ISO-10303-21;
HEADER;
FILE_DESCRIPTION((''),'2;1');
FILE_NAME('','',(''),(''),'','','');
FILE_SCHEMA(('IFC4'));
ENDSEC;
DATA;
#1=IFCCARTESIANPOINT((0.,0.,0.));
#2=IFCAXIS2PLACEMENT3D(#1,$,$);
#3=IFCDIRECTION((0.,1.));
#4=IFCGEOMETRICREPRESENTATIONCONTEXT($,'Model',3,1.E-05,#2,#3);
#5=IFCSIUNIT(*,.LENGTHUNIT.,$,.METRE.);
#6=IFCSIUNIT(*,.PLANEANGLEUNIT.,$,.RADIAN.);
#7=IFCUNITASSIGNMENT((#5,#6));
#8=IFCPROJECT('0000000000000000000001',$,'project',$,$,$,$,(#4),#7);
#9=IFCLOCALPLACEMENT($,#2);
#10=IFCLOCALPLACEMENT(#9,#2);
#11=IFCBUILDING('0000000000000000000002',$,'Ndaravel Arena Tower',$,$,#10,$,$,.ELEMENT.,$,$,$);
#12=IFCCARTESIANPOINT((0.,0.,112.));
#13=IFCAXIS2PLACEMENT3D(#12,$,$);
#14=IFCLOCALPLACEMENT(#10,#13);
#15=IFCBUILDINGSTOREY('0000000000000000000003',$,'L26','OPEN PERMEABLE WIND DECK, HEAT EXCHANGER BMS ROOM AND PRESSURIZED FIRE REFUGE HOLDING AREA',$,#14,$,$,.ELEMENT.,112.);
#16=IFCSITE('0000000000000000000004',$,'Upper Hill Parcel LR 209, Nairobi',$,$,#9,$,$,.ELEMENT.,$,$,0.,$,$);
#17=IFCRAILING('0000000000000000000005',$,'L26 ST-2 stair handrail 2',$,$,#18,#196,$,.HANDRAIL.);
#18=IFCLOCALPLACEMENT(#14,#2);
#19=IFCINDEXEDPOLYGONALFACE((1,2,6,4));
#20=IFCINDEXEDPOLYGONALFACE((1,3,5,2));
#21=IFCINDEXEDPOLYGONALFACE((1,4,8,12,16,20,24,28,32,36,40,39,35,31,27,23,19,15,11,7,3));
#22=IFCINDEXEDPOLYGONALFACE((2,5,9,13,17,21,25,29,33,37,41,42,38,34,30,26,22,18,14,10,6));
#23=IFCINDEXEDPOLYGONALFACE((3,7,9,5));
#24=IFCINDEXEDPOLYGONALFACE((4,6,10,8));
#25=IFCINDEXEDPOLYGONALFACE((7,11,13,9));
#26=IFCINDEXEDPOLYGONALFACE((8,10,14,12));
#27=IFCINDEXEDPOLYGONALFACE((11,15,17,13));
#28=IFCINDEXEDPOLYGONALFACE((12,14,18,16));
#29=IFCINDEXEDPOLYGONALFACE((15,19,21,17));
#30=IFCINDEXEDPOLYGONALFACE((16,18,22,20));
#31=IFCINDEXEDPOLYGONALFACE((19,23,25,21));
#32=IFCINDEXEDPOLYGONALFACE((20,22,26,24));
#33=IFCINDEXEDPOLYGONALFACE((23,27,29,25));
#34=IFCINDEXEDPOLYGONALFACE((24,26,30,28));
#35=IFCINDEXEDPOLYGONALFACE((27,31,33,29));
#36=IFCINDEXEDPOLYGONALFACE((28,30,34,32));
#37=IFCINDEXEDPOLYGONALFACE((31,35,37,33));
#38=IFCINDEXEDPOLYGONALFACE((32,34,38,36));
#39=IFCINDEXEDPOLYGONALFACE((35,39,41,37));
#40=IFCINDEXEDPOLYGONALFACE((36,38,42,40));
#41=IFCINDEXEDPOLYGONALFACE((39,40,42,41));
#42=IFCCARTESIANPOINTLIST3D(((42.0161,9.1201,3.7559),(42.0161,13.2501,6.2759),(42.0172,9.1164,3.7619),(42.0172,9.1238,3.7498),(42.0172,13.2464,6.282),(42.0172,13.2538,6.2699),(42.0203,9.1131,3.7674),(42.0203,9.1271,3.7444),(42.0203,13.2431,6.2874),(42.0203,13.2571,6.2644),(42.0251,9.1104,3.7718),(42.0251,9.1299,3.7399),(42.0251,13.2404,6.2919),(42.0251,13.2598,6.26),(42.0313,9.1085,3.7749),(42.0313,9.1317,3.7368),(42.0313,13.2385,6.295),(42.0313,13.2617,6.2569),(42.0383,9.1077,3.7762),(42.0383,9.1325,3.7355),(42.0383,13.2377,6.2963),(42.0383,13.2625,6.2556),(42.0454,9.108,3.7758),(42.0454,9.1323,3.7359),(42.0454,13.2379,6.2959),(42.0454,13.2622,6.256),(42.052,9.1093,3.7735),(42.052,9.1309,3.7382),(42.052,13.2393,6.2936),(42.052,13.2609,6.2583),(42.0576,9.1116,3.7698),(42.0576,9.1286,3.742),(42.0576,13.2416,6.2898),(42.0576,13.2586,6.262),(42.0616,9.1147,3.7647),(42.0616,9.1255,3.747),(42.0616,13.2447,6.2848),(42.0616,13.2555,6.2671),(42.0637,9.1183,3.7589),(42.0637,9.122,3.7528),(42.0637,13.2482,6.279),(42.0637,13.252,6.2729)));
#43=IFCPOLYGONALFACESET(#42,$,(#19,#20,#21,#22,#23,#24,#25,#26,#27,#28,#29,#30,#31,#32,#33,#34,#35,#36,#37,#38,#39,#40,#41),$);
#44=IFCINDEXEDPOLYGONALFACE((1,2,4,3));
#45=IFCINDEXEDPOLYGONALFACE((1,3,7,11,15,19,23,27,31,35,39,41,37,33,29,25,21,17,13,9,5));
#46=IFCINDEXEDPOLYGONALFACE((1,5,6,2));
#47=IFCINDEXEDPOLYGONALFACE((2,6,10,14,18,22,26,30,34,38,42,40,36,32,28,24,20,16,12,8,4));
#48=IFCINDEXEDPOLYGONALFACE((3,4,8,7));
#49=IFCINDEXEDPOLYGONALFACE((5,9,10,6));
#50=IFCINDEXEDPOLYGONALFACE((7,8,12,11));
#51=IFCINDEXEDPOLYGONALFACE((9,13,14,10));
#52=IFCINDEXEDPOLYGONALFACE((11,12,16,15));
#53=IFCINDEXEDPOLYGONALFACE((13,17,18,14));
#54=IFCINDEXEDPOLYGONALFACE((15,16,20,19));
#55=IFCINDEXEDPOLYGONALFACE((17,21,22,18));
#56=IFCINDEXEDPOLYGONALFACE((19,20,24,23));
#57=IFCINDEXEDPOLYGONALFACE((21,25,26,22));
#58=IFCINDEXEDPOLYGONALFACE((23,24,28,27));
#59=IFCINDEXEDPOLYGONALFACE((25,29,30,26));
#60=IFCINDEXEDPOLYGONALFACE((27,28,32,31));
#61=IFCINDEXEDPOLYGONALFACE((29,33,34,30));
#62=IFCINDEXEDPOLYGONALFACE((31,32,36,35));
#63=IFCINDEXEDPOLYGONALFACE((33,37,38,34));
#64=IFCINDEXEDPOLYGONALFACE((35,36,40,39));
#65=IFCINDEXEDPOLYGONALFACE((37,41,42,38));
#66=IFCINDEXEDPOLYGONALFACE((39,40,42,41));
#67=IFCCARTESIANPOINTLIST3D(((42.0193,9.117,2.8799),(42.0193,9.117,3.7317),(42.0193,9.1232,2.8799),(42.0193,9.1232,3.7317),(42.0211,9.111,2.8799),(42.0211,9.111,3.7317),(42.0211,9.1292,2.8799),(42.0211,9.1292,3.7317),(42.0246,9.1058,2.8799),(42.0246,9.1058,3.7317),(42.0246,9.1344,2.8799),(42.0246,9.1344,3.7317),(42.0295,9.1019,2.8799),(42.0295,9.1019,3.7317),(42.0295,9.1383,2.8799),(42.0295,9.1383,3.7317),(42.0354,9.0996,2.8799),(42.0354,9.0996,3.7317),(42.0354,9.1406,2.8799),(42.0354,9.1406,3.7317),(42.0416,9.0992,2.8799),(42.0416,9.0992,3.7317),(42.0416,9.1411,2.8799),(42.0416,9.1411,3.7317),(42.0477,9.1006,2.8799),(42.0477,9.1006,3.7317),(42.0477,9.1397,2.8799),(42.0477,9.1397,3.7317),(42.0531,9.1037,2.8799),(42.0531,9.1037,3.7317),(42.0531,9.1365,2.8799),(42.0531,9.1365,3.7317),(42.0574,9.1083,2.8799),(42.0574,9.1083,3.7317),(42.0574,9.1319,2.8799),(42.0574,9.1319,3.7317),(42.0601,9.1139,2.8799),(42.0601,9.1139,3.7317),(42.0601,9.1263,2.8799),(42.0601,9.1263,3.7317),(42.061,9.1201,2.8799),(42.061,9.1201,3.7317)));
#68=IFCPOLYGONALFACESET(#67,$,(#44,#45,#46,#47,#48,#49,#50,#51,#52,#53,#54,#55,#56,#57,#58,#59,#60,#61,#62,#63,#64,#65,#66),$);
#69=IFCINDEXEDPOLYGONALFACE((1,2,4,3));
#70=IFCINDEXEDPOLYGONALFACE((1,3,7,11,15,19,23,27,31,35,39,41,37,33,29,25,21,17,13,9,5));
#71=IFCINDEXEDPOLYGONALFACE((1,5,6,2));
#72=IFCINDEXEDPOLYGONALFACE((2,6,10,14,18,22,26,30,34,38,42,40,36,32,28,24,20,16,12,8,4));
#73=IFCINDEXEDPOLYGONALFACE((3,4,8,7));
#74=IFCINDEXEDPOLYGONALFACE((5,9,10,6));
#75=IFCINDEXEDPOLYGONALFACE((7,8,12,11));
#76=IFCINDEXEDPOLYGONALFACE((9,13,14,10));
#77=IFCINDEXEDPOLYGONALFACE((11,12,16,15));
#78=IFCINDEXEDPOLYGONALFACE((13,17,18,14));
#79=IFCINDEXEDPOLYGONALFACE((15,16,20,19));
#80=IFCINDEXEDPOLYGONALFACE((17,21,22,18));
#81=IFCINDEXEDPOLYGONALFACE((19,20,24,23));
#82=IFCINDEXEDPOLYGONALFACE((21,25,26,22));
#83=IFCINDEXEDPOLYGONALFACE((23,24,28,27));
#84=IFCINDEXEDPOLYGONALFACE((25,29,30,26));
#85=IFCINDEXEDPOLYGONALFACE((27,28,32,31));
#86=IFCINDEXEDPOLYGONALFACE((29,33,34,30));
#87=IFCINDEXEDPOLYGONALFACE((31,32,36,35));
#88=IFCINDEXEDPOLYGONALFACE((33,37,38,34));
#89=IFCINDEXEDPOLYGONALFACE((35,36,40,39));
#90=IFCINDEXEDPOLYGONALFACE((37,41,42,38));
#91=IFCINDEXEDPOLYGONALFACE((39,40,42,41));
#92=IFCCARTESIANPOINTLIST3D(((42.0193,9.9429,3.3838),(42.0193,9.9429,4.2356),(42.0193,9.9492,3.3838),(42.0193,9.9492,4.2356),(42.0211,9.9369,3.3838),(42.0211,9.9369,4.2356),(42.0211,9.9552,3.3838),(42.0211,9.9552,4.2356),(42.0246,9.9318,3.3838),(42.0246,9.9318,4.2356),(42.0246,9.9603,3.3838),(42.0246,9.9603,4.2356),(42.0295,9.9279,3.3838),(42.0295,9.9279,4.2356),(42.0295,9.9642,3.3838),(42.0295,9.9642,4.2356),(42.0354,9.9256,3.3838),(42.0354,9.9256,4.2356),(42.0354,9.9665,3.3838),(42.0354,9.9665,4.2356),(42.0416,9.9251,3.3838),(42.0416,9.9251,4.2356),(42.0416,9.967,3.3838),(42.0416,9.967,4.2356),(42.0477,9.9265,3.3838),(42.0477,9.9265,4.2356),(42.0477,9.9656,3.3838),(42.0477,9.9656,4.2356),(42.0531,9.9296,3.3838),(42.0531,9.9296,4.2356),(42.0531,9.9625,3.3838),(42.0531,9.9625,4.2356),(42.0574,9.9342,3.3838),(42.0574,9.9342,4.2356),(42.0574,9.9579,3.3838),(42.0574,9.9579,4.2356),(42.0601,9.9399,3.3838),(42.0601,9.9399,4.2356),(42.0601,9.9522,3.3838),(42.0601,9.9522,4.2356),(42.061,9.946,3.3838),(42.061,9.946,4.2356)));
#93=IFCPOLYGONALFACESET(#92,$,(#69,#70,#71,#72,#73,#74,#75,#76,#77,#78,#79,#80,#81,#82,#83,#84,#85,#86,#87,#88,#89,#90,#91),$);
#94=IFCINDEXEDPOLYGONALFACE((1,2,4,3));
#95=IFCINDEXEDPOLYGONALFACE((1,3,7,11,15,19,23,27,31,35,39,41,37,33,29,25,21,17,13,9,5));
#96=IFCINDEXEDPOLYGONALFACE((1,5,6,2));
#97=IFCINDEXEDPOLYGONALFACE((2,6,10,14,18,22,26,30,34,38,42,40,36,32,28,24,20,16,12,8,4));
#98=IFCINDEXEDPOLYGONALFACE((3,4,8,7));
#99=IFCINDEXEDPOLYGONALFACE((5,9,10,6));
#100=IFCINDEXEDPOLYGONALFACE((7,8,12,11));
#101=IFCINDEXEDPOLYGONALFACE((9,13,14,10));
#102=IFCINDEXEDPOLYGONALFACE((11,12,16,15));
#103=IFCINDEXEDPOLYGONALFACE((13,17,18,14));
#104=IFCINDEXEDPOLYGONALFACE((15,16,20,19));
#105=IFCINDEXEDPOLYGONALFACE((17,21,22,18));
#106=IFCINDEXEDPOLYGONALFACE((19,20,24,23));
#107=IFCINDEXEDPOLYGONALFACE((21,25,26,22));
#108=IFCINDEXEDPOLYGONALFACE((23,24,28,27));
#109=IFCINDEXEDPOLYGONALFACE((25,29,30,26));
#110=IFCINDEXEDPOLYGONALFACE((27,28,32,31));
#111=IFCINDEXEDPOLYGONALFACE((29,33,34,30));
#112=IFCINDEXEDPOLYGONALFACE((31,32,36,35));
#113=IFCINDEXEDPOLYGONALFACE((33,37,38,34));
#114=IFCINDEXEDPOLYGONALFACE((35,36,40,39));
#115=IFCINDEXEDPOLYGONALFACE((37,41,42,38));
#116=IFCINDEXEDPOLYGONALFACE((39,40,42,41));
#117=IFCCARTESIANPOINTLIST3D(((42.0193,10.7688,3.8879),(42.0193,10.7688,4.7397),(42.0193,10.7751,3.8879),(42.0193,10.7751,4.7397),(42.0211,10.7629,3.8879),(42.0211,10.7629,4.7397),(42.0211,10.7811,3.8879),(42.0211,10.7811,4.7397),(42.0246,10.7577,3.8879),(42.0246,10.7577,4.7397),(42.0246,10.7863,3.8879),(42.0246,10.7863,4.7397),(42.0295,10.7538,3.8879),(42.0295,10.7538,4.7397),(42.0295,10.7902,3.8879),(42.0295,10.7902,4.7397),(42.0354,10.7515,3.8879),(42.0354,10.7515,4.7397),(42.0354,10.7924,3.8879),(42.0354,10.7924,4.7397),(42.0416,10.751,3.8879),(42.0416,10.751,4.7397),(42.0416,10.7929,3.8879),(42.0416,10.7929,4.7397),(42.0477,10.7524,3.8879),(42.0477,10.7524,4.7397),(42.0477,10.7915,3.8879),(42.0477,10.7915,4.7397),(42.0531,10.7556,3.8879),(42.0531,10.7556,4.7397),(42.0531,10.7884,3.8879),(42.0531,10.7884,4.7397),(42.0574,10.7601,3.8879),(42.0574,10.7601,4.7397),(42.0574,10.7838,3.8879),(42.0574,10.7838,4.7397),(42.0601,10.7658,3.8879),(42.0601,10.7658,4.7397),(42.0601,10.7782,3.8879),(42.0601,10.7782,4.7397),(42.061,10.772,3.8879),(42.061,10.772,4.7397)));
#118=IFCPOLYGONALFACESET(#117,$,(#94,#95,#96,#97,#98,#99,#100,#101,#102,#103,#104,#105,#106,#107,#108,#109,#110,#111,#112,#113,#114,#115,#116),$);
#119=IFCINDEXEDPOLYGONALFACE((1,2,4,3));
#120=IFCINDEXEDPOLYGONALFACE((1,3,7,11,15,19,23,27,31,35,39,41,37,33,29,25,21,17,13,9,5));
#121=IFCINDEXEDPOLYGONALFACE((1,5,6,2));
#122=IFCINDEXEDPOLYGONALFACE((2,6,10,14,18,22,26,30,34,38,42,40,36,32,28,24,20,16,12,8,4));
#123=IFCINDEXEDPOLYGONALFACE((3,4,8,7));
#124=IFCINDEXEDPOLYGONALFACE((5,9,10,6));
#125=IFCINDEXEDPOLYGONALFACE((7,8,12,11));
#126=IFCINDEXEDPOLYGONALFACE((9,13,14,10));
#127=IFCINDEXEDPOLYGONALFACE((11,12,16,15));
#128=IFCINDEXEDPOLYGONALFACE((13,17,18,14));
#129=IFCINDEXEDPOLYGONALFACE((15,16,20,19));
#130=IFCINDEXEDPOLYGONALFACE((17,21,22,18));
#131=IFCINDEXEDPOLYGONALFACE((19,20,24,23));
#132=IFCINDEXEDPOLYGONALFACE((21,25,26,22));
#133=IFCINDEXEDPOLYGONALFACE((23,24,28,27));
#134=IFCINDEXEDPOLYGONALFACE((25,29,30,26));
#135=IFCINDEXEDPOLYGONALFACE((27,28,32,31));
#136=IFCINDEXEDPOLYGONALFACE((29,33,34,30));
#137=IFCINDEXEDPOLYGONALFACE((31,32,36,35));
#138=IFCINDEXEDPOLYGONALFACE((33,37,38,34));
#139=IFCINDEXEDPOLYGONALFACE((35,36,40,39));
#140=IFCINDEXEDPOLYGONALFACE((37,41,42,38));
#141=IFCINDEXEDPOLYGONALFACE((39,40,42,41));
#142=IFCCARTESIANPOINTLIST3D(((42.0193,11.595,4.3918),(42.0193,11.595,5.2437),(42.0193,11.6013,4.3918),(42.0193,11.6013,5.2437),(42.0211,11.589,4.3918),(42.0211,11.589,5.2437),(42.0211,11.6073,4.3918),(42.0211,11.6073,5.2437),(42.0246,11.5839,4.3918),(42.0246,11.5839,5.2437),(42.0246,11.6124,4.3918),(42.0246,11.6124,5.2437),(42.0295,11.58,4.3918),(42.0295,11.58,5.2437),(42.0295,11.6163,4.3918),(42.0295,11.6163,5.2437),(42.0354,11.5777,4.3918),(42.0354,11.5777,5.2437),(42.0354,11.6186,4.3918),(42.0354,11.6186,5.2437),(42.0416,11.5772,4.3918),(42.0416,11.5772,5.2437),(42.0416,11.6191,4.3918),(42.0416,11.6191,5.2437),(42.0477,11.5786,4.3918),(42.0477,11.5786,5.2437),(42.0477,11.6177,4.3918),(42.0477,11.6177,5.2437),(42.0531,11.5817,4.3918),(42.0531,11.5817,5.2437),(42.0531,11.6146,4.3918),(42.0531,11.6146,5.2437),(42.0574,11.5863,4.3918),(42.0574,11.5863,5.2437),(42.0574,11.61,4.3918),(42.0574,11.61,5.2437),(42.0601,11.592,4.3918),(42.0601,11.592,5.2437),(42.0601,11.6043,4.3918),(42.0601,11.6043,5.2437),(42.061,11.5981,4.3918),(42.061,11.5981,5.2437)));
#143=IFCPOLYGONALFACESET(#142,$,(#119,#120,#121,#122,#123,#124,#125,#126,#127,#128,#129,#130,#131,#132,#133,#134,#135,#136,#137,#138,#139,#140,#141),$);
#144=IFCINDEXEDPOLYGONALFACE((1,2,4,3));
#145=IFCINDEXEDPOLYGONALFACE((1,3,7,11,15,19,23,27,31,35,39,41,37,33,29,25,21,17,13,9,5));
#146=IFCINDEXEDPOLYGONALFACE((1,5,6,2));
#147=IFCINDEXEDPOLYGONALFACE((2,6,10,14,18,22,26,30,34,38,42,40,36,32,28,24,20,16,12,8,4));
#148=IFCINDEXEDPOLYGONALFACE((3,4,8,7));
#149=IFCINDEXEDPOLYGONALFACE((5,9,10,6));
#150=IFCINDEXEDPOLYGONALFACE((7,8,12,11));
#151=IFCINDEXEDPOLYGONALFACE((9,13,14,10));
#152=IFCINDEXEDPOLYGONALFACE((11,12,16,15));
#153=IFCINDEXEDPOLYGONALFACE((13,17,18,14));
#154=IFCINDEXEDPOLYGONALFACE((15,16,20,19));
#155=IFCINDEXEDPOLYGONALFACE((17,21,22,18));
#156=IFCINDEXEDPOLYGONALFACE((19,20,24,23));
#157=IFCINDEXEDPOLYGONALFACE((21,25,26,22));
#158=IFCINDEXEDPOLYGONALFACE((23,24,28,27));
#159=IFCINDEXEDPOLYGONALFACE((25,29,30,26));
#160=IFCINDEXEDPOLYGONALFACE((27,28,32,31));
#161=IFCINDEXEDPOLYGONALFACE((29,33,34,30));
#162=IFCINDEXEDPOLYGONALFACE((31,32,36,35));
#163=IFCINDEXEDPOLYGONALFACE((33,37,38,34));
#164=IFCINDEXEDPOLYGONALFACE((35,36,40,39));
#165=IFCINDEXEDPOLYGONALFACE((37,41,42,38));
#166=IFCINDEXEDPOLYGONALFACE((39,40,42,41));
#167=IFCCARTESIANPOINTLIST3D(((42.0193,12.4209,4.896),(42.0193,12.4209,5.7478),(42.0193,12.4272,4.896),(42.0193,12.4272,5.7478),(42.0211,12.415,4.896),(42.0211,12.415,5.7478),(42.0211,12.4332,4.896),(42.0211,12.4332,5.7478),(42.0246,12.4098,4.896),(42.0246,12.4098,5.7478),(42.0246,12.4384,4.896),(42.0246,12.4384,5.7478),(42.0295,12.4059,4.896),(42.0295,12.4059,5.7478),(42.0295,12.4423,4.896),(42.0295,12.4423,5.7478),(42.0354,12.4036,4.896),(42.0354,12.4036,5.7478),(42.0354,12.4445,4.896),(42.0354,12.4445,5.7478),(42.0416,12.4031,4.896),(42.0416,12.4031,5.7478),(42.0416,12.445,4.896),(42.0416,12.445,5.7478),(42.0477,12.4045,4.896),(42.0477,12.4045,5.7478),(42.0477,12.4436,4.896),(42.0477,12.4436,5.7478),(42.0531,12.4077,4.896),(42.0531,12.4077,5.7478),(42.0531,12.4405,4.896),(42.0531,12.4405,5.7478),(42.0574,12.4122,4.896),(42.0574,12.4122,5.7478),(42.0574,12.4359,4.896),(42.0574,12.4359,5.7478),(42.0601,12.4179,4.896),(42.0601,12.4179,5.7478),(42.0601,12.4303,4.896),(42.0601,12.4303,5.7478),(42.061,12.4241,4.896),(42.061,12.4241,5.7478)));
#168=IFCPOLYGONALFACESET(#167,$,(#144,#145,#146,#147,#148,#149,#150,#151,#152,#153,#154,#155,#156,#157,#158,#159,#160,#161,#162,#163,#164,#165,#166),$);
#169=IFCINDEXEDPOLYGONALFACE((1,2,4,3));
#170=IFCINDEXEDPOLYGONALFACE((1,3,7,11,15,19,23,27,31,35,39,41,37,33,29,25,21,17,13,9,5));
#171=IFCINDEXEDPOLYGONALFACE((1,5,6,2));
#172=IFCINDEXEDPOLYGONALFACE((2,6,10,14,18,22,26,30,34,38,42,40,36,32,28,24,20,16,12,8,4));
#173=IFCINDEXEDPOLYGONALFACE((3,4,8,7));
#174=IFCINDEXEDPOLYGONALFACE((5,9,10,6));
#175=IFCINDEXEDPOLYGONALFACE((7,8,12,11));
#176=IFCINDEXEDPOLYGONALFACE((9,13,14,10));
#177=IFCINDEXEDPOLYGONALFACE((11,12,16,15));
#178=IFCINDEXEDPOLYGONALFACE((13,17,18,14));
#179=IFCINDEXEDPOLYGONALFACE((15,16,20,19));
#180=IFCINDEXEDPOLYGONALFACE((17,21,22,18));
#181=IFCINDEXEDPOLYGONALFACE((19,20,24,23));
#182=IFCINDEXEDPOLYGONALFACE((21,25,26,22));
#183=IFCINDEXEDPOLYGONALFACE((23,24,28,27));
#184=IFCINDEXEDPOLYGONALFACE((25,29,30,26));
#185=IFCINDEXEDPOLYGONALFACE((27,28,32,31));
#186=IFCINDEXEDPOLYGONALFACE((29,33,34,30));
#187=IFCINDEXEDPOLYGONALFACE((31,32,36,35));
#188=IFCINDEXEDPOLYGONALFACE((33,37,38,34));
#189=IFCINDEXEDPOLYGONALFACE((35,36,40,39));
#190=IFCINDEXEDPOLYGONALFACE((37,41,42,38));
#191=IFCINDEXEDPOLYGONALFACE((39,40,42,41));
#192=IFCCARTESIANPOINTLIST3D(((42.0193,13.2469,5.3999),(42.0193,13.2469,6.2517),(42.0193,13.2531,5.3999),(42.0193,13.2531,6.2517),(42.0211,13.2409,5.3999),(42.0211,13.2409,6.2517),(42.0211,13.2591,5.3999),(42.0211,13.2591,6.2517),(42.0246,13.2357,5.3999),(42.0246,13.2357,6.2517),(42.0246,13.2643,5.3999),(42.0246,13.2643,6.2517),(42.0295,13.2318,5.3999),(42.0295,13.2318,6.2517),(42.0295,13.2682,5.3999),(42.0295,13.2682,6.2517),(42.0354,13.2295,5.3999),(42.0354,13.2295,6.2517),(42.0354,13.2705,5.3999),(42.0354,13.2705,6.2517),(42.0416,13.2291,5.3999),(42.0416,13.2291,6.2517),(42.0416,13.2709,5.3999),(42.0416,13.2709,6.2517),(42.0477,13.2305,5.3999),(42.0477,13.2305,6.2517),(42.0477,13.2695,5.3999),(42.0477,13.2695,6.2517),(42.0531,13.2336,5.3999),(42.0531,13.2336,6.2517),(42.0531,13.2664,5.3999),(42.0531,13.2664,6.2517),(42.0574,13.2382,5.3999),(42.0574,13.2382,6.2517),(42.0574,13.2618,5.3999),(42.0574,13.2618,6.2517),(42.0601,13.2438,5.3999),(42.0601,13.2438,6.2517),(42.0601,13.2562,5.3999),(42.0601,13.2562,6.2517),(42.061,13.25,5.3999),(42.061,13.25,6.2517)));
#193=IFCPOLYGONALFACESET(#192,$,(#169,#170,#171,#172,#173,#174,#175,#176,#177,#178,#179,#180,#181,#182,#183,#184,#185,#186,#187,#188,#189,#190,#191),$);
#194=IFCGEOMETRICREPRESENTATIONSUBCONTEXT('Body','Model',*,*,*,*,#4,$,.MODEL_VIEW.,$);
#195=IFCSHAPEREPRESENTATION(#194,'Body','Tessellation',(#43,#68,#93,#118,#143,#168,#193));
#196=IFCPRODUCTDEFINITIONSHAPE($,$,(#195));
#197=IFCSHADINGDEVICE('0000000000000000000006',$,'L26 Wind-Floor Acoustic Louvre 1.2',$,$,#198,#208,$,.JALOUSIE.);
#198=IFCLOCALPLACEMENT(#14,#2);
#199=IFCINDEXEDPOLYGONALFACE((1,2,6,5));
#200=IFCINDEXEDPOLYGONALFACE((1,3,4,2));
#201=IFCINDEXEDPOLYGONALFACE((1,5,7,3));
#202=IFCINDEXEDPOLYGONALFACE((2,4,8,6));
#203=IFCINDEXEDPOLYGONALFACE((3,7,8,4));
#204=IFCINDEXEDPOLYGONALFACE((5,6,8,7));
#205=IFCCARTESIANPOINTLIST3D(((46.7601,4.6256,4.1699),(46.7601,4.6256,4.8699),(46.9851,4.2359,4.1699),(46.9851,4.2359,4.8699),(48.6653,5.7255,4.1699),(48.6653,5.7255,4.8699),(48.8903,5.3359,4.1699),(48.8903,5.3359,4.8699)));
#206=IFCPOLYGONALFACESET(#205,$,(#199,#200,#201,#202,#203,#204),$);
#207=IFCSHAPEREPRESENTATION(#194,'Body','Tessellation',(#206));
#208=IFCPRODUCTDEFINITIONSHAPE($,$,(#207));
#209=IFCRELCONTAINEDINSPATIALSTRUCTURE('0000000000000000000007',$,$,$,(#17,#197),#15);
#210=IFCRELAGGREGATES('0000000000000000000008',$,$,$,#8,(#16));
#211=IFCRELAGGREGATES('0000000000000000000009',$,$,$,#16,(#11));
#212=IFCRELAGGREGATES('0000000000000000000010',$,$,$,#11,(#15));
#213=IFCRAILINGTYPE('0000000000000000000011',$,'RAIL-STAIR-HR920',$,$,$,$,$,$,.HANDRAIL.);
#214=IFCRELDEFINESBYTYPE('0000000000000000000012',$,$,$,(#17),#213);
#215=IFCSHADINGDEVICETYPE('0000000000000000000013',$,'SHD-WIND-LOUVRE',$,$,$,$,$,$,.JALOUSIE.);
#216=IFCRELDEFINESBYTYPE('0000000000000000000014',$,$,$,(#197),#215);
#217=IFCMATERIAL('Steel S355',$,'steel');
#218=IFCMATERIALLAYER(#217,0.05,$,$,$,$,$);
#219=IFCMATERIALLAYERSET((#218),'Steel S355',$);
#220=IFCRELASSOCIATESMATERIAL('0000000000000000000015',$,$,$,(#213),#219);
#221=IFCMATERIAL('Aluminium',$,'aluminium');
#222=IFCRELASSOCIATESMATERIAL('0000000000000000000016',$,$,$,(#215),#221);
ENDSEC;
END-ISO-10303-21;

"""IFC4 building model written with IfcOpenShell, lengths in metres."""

from ifc_helpers import new_model, si_unit, direction, frame, origin, origin_2d, place, context, subcontext, project, spatial, rectangle, circle, extrude, material, layer, layer_set, type_object, element, save


model = new_model("IFC4")

# Units and contexts
model_context = context("Model", 3, precision=1e-05, world=origin(), true_north=direction((0.0, 1.0)))
body_context = subcontext(model_context, "Body", "Model", "MODEL_VIEW")
ifc_project = project(units=[si_unit("LENGTHUNIT", "METRE"), si_unit("PLANEANGLEUNIT", "RADIAN")], contexts=[model_context])

# Site, building, storey
site_placement = place(None, origin())
site = spatial("IfcSite", under=ifc_project, at=site_placement, Name="Upper Hill Parcel LR 209, Nairobi", CompositionType="ELEMENT", RefElevation=0.0)
building_placement = place(site_placement, origin())
building = spatial("IfcBuilding", under=site, at=building_placement, Name="Ndaravel Arena Tower", CompositionType="ELEMENT")
storey_placement = place(building_placement, frame((0.0, 0.0, 112.0)))
storey = spatial("IfcBuildingStorey", under=building, at=storey_placement, Name="L26", Description="OPEN PERMEABLE WIND DECK, HEAT EXCHANGER BMS ROOM AND PRESSURIZED FIRE REFUGE HOLDING AREA", CompositionType="ELEMENT", Elevation=112.0)

# Railing
ifc_material_1 = material(Name="Steel S355", Category="steel")
ifc_layer_1 = layer(ifc_material_1, 0.05)
ifc_layer_set_1 = layer_set([ifc_layer_1], Name="Steel S355")
railing_type_1 = type_object("IfcRailingType", Name="RAIL-STAIR-HR920", PredefinedType="HANDRAIL", material=ifc_layer_set_1)
railing_1_placement = place(storey_placement, frame((42.04, 9.1201, 2.8799)))
element("IfcRailing", 1, at=railing_1_placement, inside=storey, type_object=railing_type_1, Name="L26 ST-2 stair handrail 2", PredefinedType="HANDRAIL", context=body_context, shape_type="SweptSolid", body=[
    extrude(circle(Radius=0.0239, at=origin_2d()), frame((0.0, 0.0, 0.876), z_axis=(0.0, 0.853631, 0.520878), x_axis=(-1.0, 0.0, 0.0)), (0.0, 0.0, 1.0), 4.8381),
    extrude(circle(Radius=0.021, at=origin_2d()), origin(), (0.0, 0.0, 1.0), 0.8518),
    extrude(circle(Radius=0.021, at=origin_2d()), frame((0.0, 0.8259, 0.5039)), (0.0, 0.0, 1.0), 0.8518),
    extrude(circle(Radius=0.021, at=origin_2d()), frame((0.0, 1.6519, 1.0081)), (0.0, 0.0, 1.0), 0.8518),
    extrude(circle(Radius=0.021, at=origin_2d()), frame((0.0, 2.478, 1.512)), (0.0, 0.0, 1.0), 0.8518),
    extrude(circle(Radius=0.021, at=origin_2d()), frame((0.0, 3.304, 2.0161)), (0.0, 0.0, 1.0), 0.8518),
    extrude(circle(Radius=0.021, at=origin_2d()), frame((0.0, 4.1299, 2.52)), (0.0, 0.0, 1.0), 0.8518),
])

# Shading device
ifc_material_2 = material(Name="Aluminium", Category="aluminium")
shading_device_type = type_object("IfcShadingDeviceType", Name="SHD-WIND-LOUVRE", PredefinedType="JALOUSIE", material=ifc_material_2)
shading_device_placement = place(storey_placement, frame((47.8252, 4.9807, 4.1699), z_axis=(0.0, 0.0, 1.0), x_axis=(0.5, -0.866025, 0.0)))
element("IfcShadingDevice", 2, at=shading_device_placement, inside=storey, type_object=shading_device_type, Name="L26 Wind-Floor Acoustic Louvre 1.2", PredefinedType="JALOUSIE", context=body_context, shape_type="SweptSolid", body=[
    extrude(rectangle(XDim=0.45, YDim=2.2, at=origin_2d()), origin(), (0.0, 0.0, 1.0), 0.7),
])

save(model, "model.ifc")
